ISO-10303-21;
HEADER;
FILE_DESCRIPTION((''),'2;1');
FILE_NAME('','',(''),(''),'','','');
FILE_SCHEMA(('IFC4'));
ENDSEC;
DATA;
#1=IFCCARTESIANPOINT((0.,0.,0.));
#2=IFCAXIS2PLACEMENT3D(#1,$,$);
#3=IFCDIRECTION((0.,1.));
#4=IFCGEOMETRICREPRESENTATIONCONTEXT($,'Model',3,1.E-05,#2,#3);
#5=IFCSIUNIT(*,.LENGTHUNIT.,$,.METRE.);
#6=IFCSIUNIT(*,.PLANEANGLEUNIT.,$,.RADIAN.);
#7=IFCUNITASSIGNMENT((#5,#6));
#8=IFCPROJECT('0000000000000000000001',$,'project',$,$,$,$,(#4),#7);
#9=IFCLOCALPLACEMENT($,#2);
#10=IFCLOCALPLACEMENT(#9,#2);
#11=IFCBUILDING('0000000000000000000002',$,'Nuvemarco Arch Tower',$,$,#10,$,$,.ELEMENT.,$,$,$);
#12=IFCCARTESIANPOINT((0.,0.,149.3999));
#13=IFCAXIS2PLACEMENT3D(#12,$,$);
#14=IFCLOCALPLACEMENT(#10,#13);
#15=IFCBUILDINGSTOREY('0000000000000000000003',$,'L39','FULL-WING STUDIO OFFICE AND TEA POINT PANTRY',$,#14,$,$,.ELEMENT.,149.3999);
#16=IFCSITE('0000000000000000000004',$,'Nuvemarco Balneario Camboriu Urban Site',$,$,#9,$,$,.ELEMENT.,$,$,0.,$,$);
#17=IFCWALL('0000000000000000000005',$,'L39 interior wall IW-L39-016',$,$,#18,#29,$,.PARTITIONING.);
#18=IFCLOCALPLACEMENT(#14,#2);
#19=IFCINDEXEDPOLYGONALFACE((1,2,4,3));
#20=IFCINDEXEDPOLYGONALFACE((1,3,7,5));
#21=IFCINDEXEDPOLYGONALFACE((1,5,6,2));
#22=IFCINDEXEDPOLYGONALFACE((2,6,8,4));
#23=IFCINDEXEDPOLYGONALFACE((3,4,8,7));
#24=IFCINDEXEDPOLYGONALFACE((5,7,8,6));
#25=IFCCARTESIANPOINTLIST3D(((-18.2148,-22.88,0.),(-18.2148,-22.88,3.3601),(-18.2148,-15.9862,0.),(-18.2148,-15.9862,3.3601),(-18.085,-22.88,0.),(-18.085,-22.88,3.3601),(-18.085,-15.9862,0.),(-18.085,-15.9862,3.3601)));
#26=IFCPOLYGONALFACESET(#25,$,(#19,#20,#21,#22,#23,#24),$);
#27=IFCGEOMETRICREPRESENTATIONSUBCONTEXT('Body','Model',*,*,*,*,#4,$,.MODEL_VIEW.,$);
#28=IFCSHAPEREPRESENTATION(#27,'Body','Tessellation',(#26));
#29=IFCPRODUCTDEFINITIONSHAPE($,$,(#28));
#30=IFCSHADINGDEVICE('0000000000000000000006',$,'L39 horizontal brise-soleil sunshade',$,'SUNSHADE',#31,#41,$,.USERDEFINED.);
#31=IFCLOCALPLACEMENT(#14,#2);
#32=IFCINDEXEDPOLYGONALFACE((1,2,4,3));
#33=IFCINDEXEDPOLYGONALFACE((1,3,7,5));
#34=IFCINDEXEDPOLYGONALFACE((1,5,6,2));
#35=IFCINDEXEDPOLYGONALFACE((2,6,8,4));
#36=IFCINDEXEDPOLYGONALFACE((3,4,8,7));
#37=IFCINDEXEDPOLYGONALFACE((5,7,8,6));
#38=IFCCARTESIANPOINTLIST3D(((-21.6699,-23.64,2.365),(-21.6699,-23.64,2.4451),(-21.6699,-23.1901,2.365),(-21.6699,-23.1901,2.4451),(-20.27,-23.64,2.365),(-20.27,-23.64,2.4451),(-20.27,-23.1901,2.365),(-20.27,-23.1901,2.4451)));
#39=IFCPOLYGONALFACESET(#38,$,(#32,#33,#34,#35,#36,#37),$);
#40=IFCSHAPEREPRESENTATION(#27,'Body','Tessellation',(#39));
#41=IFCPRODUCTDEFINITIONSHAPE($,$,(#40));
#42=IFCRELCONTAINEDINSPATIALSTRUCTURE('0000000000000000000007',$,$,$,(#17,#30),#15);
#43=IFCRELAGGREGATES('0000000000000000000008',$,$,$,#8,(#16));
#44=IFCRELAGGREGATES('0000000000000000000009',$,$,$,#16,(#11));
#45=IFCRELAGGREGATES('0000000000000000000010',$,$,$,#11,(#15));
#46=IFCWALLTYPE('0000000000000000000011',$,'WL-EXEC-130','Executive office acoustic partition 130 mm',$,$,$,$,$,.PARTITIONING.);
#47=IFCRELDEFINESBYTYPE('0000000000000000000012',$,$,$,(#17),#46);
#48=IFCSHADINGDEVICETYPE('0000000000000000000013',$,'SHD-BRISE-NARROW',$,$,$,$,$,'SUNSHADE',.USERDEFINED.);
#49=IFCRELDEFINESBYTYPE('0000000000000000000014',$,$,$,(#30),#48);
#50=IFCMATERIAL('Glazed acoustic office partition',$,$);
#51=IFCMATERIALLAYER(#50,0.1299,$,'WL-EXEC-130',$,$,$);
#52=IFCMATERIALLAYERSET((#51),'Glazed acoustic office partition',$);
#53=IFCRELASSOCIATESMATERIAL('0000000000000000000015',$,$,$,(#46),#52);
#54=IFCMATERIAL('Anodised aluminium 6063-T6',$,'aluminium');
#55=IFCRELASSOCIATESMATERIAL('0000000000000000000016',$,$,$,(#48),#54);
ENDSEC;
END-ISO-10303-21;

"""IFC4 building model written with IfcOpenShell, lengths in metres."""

from ifc_helpers import new_model, si_unit, direction, frame, frame_2d, origin, origin_2d, place, context, subcontext, project, spatial, rectangle, extrude, source, transform, mapped, material, layer, layer_set, type_object, type_shapes, element, save


model = new_model("IFC4")

# Units and contexts
model_context = context("Model", 3, precision=1e-05, world=origin(), true_north=direction((0.0, 1.0)))
body_context = subcontext(model_context, "Body", "Model", "MODEL_VIEW")
ifc_project = project(units=[si_unit("LENGTHUNIT", "METRE"), si_unit("PLANEANGLEUNIT", "RADIAN")], contexts=[model_context])

# Site, building, storey
site_placement = place(None, origin())
site = spatial("IfcSite", under=ifc_project, at=site_placement, Name="Nuvemarco Balneario Camboriu Urban Site", CompositionType="ELEMENT", RefElevation=0.0)
building_placement = place(site_placement, origin())
building = spatial("IfcBuilding", under=site, at=building_placement, Name="Nuvemarco Arch Tower", CompositionType="ELEMENT")
storey_placement = place(building_placement, frame((0.0, 0.0, 149.3999)))
storey = spatial("IfcBuildingStorey", under=building, at=storey_placement, Name="L39", Description="FULL-WING STUDIO OFFICE AND TEA POINT PANTRY", CompositionType="ELEMENT", Elevation=149.3999)

# Wall
ifc_material_1 = material(Name="Glazed acoustic office partition")
ifc_layer_1 = layer(ifc_material_1, 0.1299, Name="WL-EXEC-130")
ifc_layer_set_1 = layer_set([ifc_layer_1], Name="Glazed acoustic office partition")
wall_type_1 = type_object("IfcWallType", Name="WL-EXEC-130", Description="Executive office acoustic partition 130 mm", PredefinedType="PARTITIONING", material=ifc_layer_set_1)
wall_1_placement = place(storey_placement, frame((-18.1499, -22.8799, 0.0), z_axis=(0.0, 0.0, 1.0), x_axis=(0.0, 1.0, 0.0)))
element("IfcWall", 1, at=wall_1_placement, inside=storey, type_object=wall_type_1, Name="L39 interior wall IW-L39-016", PredefinedType="PARTITIONING", context=body_context, shape_type="SweptSolid", body=[
    extrude(rectangle(XDim=6.8938, YDim=0.1299, at=frame_2d((3.4468, 0.0))), origin(), (0.0, 0.0, 1.0), 3.3601),
])

# Shading device
ifc_material_2 = material(Name="Anodised aluminium 6063-T6", Category="aluminium")
shading_device_type = type_object("IfcShadingDeviceType", Name="SHD-BRISE-NARROW", ElementType="SUNSHADE", PredefinedType="USERDEFINED", material=ifc_material_2)
shared_shape_1 = source(origin(), body_context, "Body", "SweptSolid", [
    extrude(rectangle(XDim=1.3999, YDim=0.45, at=origin_2d()), origin(), (0.0, 0.0, 1.0), 0.0801),
])
type_shapes(shading_device_type, [shared_shape_1])
shading_device_placement = place(storey_placement, frame((-20.97, -23.415, 2.365), z_axis=(0.0, 0.0, 1.0), x_axis=(1.0, 0.0, 0.0)))
element("IfcShadingDevice", 2, at=shading_device_placement, inside=storey, type_object=shading_device_type, Name="L39 horizontal brise-soleil sunshade", ObjectType="SUNSHADE", PredefinedType="USERDEFINED", context=body_context, shape_type="MappedRepresentation", body=[
    mapped(shared_shape_1, transform((0.0, 0.0, 0.0), scale=1.0)),
])

save(model, "model.ifc")
